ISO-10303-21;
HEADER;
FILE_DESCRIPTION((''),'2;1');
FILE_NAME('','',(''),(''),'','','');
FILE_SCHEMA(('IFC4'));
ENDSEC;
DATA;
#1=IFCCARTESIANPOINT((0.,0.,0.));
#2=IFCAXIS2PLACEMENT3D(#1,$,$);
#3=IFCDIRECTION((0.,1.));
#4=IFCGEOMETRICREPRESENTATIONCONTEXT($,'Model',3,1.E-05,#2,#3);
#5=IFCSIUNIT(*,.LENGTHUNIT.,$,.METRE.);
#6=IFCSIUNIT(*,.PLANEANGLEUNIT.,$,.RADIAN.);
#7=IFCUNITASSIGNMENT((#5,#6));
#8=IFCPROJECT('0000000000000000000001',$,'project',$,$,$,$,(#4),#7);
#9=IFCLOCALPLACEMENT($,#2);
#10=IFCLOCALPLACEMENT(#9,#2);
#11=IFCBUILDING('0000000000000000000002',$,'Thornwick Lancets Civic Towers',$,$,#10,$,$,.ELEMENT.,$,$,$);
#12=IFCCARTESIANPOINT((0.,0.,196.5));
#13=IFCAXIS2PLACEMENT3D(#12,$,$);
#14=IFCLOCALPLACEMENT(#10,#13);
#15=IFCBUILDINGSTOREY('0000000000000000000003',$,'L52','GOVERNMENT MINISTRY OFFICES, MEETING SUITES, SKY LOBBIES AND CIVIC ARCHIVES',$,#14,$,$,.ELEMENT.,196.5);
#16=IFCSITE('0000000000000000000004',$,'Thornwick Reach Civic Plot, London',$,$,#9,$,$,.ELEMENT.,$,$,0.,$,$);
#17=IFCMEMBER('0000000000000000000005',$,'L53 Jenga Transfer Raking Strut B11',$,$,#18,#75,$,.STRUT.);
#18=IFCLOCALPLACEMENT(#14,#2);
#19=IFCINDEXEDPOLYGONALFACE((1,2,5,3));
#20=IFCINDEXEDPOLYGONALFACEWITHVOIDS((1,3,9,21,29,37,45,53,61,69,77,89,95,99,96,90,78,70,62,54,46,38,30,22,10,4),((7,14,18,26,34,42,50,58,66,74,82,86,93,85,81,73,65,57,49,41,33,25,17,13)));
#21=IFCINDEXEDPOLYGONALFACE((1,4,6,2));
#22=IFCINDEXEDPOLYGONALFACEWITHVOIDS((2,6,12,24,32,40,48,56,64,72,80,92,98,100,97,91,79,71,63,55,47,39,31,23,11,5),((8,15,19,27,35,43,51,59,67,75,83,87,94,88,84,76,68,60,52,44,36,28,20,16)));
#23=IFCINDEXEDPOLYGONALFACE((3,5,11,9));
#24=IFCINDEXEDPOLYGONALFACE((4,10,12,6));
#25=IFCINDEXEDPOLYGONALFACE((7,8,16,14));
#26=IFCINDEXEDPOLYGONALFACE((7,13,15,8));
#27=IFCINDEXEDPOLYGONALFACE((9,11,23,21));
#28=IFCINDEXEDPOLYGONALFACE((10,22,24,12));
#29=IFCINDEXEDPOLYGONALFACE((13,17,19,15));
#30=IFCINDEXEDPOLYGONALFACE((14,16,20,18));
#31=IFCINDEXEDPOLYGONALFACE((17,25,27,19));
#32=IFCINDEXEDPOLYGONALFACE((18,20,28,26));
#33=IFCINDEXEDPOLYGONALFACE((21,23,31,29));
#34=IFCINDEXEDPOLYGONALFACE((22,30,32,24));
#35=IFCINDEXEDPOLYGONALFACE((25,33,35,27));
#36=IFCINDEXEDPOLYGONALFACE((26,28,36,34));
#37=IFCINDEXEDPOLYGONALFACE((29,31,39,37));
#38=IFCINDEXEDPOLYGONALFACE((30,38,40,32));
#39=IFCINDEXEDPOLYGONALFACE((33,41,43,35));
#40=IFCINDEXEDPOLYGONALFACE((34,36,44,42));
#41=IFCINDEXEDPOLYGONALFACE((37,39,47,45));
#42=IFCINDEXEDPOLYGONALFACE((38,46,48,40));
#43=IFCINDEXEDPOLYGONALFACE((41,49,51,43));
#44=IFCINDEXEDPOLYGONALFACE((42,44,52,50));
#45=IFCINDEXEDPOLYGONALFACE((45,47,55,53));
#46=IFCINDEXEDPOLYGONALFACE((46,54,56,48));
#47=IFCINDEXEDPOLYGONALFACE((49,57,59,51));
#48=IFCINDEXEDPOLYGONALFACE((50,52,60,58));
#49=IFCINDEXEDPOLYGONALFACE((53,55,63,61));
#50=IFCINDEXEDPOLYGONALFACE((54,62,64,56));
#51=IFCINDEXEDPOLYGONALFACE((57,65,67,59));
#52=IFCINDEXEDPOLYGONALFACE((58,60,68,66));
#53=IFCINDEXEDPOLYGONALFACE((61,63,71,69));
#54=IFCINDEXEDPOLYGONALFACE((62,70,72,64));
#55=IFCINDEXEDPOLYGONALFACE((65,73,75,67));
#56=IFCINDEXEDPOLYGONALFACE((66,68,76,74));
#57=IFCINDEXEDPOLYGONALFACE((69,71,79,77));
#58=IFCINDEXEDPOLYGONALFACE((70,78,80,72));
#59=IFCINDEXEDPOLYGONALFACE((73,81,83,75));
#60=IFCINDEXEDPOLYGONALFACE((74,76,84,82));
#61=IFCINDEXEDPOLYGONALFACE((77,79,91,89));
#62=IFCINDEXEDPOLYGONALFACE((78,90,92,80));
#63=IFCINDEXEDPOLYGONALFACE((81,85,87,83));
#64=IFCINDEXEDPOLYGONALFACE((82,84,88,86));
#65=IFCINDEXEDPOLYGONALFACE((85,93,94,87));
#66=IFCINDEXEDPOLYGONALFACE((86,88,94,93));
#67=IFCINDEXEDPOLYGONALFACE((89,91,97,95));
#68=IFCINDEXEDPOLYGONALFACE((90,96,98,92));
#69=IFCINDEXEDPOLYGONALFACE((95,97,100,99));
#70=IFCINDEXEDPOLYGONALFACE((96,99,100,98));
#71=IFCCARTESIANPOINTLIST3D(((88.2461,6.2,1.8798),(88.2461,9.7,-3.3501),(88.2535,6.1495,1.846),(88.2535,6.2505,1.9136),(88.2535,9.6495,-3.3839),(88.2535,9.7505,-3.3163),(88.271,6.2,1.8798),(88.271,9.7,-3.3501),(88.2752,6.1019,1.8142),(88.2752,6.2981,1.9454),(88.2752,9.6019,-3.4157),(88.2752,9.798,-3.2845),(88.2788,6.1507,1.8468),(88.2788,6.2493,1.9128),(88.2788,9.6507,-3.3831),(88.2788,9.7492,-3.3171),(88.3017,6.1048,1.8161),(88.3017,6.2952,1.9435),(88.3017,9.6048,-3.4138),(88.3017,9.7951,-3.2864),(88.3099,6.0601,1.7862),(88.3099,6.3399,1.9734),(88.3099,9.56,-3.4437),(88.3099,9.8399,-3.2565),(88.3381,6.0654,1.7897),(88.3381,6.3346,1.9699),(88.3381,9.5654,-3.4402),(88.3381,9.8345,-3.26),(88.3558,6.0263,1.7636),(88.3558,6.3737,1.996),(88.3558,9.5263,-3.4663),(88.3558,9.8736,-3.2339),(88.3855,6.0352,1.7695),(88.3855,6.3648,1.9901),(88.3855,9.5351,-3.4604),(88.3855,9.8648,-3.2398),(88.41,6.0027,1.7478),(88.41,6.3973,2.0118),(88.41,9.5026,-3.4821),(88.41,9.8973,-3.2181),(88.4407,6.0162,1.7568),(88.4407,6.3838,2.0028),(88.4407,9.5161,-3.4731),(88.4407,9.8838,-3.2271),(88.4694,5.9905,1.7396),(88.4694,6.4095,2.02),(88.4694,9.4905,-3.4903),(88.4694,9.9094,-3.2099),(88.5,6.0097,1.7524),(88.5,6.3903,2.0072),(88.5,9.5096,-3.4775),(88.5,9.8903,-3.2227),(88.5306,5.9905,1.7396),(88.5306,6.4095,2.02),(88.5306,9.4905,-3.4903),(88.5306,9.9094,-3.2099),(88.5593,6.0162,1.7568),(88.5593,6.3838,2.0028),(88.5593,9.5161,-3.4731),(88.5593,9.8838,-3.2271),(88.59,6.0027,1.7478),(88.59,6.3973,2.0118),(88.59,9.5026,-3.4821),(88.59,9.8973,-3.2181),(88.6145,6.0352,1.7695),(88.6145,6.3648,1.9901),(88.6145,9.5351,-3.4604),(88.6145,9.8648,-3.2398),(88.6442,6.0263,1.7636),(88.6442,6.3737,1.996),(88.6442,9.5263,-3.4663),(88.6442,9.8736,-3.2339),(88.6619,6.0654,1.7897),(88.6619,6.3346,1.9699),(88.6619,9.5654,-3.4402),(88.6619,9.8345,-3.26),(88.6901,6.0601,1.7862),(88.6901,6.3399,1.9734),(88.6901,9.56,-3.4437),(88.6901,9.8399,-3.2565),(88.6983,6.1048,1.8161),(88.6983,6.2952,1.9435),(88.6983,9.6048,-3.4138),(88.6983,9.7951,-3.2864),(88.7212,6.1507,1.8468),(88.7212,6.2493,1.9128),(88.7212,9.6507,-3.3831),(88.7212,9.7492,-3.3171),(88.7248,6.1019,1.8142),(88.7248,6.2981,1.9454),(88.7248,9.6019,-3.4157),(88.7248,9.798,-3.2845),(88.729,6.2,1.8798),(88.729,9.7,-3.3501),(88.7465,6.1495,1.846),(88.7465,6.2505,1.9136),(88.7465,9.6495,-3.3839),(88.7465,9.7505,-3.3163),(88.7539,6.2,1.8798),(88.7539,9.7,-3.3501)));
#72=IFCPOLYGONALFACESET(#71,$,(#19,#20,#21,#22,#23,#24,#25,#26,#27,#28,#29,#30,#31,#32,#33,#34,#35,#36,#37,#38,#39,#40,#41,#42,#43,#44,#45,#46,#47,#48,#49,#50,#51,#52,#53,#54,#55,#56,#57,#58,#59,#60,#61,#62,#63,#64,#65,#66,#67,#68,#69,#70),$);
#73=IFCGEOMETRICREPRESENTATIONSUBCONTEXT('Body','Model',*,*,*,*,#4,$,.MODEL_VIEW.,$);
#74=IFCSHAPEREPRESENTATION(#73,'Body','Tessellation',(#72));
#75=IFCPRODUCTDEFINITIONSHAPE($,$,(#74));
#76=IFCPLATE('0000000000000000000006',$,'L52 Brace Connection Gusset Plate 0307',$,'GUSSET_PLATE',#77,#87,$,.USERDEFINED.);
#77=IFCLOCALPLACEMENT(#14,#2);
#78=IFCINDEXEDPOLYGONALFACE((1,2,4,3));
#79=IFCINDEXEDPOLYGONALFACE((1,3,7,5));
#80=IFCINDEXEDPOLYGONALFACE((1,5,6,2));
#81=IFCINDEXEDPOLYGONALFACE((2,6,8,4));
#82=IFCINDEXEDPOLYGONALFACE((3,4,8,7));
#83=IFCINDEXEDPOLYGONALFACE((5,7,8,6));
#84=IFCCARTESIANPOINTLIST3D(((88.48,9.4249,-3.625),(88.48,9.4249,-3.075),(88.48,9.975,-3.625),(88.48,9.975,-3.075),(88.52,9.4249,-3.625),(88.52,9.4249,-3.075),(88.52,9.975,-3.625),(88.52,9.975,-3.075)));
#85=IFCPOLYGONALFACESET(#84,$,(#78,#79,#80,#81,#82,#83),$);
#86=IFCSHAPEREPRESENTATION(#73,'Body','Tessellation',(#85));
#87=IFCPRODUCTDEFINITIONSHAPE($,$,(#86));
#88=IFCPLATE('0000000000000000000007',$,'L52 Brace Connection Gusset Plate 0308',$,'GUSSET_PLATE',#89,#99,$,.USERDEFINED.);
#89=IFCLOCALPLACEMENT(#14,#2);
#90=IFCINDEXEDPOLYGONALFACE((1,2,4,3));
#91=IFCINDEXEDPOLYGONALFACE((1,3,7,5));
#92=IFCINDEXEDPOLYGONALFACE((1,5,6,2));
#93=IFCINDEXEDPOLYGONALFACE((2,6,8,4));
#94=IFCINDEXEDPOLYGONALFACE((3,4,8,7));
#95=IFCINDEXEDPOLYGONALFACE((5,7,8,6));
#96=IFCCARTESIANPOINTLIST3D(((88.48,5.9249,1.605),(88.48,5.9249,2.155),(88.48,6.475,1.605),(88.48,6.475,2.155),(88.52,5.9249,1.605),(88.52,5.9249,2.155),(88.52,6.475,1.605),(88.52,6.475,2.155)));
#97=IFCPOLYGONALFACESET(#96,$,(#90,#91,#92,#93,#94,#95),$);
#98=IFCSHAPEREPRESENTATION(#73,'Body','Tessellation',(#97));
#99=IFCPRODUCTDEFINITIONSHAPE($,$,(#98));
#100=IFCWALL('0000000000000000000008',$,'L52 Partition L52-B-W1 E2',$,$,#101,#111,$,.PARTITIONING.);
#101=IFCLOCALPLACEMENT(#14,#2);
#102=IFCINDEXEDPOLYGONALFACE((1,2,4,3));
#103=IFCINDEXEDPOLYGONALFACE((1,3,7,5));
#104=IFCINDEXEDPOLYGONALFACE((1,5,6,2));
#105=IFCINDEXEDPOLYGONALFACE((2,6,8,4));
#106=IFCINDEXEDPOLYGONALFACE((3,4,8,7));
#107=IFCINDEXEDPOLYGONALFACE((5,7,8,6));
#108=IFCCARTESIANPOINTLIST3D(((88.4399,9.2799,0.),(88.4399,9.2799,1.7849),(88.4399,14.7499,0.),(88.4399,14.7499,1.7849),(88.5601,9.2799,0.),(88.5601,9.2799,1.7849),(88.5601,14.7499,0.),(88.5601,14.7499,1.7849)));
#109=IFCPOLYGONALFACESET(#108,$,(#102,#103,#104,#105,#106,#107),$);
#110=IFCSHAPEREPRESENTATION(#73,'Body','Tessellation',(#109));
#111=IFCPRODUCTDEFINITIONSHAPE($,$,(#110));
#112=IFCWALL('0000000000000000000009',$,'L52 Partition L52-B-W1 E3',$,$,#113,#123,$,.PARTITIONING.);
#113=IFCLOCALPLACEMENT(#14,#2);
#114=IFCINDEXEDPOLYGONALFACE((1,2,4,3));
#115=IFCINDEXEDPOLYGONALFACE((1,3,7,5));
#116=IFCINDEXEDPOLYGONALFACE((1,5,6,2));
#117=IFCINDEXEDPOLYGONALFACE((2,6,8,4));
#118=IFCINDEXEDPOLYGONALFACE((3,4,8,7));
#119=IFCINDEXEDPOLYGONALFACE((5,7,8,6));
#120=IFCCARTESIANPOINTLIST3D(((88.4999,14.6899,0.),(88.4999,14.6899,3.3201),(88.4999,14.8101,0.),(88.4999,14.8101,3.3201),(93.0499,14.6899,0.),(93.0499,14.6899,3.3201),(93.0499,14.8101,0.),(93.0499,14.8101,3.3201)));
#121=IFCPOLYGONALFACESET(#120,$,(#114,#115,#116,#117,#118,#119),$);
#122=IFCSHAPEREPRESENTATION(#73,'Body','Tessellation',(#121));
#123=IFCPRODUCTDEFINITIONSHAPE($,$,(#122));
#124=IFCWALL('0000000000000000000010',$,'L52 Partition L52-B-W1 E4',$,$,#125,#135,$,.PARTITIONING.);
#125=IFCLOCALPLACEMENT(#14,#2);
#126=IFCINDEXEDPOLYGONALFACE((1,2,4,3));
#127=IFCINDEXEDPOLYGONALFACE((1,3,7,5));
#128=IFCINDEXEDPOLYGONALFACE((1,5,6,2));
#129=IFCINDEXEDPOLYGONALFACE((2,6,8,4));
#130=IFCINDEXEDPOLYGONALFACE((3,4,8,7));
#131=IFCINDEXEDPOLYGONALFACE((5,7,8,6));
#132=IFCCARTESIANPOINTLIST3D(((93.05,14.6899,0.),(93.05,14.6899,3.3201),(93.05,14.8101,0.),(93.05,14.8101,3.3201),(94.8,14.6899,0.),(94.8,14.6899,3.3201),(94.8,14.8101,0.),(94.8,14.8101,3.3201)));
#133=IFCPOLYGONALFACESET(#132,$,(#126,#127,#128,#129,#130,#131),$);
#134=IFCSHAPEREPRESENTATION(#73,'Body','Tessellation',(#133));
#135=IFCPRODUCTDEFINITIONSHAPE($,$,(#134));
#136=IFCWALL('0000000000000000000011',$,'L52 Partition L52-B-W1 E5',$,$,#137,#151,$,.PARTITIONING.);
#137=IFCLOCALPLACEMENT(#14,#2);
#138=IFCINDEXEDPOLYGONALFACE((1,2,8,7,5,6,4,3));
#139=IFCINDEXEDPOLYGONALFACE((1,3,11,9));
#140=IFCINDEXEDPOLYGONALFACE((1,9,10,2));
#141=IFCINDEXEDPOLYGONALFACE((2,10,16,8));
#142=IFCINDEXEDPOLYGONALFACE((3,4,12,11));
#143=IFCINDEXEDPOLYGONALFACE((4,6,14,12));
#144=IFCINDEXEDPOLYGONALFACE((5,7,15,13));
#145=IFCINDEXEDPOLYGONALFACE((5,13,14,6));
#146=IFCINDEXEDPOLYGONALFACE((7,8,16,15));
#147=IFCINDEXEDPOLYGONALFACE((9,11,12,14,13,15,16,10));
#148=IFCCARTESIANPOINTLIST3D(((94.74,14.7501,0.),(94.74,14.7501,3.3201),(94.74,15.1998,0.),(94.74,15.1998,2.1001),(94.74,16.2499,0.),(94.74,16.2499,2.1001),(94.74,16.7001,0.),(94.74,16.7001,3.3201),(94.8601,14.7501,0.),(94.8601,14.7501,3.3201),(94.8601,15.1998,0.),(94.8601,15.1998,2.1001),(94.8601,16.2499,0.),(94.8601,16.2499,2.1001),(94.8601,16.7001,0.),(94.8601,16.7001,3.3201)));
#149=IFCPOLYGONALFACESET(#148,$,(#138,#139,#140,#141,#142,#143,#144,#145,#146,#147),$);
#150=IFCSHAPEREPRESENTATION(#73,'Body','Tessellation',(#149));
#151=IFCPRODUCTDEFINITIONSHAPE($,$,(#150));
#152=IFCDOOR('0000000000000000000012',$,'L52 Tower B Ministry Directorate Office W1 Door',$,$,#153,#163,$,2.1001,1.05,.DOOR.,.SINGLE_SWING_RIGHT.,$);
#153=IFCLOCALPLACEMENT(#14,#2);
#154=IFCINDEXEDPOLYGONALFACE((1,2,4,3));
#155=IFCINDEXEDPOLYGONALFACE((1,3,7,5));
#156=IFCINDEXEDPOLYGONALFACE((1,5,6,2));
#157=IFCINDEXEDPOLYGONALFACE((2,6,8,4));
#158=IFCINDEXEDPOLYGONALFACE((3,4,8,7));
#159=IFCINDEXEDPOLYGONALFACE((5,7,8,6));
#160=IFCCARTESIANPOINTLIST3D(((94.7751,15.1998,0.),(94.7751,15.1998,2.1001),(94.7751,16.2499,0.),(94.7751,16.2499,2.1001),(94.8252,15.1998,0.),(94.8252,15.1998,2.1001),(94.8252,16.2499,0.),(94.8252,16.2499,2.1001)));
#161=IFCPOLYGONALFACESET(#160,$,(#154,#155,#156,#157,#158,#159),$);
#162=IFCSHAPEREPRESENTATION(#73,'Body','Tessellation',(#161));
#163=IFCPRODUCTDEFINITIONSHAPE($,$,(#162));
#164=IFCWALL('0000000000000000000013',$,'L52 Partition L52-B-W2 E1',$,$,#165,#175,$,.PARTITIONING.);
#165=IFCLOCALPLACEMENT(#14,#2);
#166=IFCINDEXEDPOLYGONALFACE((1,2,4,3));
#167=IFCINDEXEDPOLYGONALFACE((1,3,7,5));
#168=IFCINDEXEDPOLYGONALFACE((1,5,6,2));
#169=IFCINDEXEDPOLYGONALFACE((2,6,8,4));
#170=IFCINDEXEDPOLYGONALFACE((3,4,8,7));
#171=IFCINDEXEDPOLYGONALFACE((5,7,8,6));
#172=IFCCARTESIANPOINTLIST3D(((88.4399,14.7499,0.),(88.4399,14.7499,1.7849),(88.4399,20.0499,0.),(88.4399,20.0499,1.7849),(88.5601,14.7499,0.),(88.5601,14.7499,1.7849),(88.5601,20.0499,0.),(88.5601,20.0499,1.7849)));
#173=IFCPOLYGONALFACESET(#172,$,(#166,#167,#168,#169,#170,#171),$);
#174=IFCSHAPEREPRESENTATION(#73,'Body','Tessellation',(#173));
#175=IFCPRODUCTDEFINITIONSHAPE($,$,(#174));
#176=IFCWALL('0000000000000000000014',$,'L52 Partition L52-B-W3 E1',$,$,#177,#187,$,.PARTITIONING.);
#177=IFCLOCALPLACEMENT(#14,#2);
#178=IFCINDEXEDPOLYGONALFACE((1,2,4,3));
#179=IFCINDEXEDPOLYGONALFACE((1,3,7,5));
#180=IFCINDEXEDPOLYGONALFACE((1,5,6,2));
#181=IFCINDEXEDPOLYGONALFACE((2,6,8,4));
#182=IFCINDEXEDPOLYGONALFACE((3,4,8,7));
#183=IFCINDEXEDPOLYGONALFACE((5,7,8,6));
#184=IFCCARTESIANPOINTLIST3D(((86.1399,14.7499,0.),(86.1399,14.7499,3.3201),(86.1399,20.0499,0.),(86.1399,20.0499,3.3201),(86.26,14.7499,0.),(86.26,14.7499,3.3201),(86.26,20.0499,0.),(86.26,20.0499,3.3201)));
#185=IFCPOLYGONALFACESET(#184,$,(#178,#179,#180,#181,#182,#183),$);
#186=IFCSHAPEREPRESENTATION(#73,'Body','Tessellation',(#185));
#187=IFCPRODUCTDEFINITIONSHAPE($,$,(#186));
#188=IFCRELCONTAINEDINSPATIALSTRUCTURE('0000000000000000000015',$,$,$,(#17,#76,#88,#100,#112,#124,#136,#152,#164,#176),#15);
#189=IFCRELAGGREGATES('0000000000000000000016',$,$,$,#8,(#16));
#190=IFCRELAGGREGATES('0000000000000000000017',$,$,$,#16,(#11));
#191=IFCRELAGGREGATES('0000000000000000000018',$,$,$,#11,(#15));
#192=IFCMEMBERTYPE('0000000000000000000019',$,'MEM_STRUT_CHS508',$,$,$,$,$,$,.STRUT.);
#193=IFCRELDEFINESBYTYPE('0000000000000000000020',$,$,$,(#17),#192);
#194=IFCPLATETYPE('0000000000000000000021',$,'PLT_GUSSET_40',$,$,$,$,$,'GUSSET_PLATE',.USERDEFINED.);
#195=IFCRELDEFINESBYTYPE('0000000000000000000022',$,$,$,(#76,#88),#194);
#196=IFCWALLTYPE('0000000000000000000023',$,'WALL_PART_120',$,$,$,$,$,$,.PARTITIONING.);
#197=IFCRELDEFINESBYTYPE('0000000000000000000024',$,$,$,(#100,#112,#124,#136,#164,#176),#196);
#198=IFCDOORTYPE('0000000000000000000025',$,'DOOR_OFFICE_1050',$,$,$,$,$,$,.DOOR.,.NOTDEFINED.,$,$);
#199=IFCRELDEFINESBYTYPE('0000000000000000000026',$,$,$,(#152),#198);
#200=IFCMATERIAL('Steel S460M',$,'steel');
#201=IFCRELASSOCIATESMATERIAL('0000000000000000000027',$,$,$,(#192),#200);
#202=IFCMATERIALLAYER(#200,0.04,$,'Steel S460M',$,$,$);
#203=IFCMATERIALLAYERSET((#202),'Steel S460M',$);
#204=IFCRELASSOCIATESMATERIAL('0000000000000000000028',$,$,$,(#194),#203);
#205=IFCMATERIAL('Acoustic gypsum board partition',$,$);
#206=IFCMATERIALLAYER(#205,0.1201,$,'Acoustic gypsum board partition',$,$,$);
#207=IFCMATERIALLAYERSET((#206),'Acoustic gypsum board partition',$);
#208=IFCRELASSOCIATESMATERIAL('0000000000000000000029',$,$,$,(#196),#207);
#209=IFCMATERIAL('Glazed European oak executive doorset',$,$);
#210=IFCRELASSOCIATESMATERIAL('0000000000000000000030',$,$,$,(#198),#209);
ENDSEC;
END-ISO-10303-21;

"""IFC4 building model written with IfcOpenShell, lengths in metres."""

from ifc_helpers import new_model, si_unit, direction, frame, frame_2d, origin, origin_2d, place, context, subcontext, project, spatial, rectangle, hollow_circle, extrude, material, layer, layer_set, material_profile, profile_set, type_object, element, fill, save


model = new_model("IFC4")

# Units and contexts
model_context = context("Model", 3, precision=1e-05, world=origin(), true_north=direction((0.0, 1.0)))
body_context = subcontext(model_context, "Body", "Model", "MODEL_VIEW")
ifc_project = project(units=[si_unit("LENGTHUNIT", "METRE"), si_unit("PLANEANGLEUNIT", "RADIAN")], contexts=[model_context])

# Site, building, storey
site_placement = place(None, origin())
site = spatial("IfcSite", under=ifc_project, at=site_placement, Name="Thornwick Reach Civic Plot, London", CompositionType="ELEMENT", RefElevation=0.0)
building_placement = place(site_placement, origin())
building = spatial("IfcBuilding", under=site, at=building_placement, Name="Thornwick Lancets Civic Towers", CompositionType="ELEMENT")
storey_placement = place(building_placement, frame((0.0, 0.0, 196.5)))
storey = spatial("IfcBuildingStorey", under=building, at=storey_placement, Name="L52", Description="GOVERNMENT MINISTRY OFFICES, MEETING SUITES, SKY LOBBIES AND CIVIC ARCHIVES", CompositionType="ELEMENT", Elevation=196.5)

# Member
ifc_material_1 = material(Name="Steel S460M", Category="steel")
ifc_material_profile_1 = material_profile(ifc_material_1, hollow_circle(Radius=0.2539, WallThickness=0.0249, at=origin_2d()), Name="CHS 508x25")
ifc_profile_set_1 = profile_set([ifc_material_profile_1], Name="Steel S460M")
member_type = type_object("IfcMemberType", Name="MEM_STRUT_CHS508", PredefinedType="STRUT", material=ifc_profile_set_1)
member_placement = place(storey_placement, frame((88.5, 9.7, -3.3501), z_axis=(0.0, -0.556168, 0.83107), x_axis=(1.0, 0.0, 0.0)))
element("IfcMember", 1, at=member_placement, inside=storey, type_object=member_type, Name="L53 Jenga Transfer Raking Strut B11", PredefinedType="STRUT", context=body_context, shape_type="SweptSolid", body=[
    extrude(hollow_circle(Radius=0.2539, WallThickness=0.0249, at=origin_2d()), origin(), (0.0, 0.0, 1.0), 6.293),
])

# Plates
ifc_layer_1 = layer(ifc_material_1, 0.04, Name="Steel S460M")
ifc_layer_set_1 = layer_set([ifc_layer_1], Name="Steel S460M")
plate_type = type_object("IfcPlateType", Name="PLT_GUSSET_40", ElementType="GUSSET_PLATE", PredefinedType="USERDEFINED", material=ifc_layer_set_1)
for number, where, z_axis, x_axis, name in (
    (2, (88.5, 9.7, -3.625), (0.0, 0.0, 1.0), (0.0, -1.0, 0.0), "L52 Brace Connection Gusset Plate 0307"),
    (3, (88.5, 6.2, 1.605), (0.0, 0.0, 1.0), (0.0, -1.0, 0.0), "L52 Brace Connection Gusset Plate 0308"),
):
    element("IfcPlate", number, at=place(storey_placement, frame(where, z_axis=z_axis, x_axis=x_axis)), inside=storey, type_object=plate_type, Name=name, ObjectType="GUSSET_PLATE", PredefinedType="USERDEFINED", context=body_context, shape_type="SweptSolid", body=[
        extrude(rectangle(XDim=0.55, YDim=0.04, at=origin_2d()), origin(), (0.0, 0.0, 1.0), 0.55),
    ])

# Walls
ifc_material_2 = material(Name="Acoustic gypsum board partition")
ifc_layer_2 = layer(ifc_material_2, 0.1201, Name="Acoustic gypsum board partition")
ifc_layer_set_2 = layer_set([ifc_layer_2], Name="Acoustic gypsum board partition")
wall_type = type_object("IfcWallType", Name="WALL_PART_120", PredefinedType="PARTITIONING", material=ifc_layer_set_2)
wall_1_placement = place(storey_placement, frame((88.5, 9.28, 0.0), z_axis=(0.0, 0.0, 1.0), x_axis=(0.0, 1.0, 0.0)))
element("IfcWall", 4, at=wall_1_placement, inside=storey, type_object=wall_type, Name="L52 Partition L52-B-W1 E2", PredefinedType="PARTITIONING", context=body_context, shape_type="SweptSolid", body=[
    extrude(rectangle(XDim=5.47, YDim=0.1201, at=frame_2d((2.7349, 0.0))), origin(), (0.0, 0.0, 1.0), 1.7849),
])
wall_2_placement = place(storey_placement, frame((88.5, 14.75, 0.0), z_axis=(0.0, 0.0, 1.0), x_axis=(1.0, 0.0, 0.0)))
element("IfcWall", 5, at=wall_2_placement, inside=storey, type_object=wall_type, Name="L52 Partition L52-B-W1 E3", PredefinedType="PARTITIONING", context=body_context, shape_type="SweptSolid", body=[
    extrude(rectangle(XDim=4.55, YDim=0.1201, at=frame_2d((2.2749, 0.0))), origin(), (0.0, 0.0, 1.0), 3.3201),
])
wall_3_placement = place(storey_placement, frame((93.05, 14.75, 0.0), z_axis=(0.0, 0.0, 1.0), x_axis=(1.0, 0.0, 0.0)))
element("IfcWall", 6, at=wall_3_placement, inside=storey, type_object=wall_type, Name="L52 Partition L52-B-W1 E4", PredefinedType="PARTITIONING", context=body_context, shape_type="SweptSolid", body=[
    extrude(rectangle(XDim=1.75, YDim=0.1201, at=frame_2d((0.875, 0.0))), origin(), (0.0, 0.0, 1.0), 3.3201),
])

# Wall, opening, door
wall_4_placement = place(storey_placement, frame((94.8, 14.75, 0.0), z_axis=(0.0, 0.0, 1.0), x_axis=(0.0, 1.0, 0.0)))
wall_4 = element("IfcWall", 7, at=wall_4_placement, inside=storey, type_object=wall_type, Name="L52 Partition L52-B-W1 E5", PredefinedType="PARTITIONING", context=body_context, shape_type="SweptSolid", body=[
    extrude(rectangle(XDim=1.95, YDim=0.1201, at=frame_2d((0.9751, 0.0))), origin(), (0.0, 0.0, 1.0), 3.3201),
])
opening_placement = place(wall_4_placement, frame((0.45, 0.0, 0.0)))
opening = element("IfcOpeningElement", 8, at=opening_placement, cuts=wall_4, PredefinedType="OPENING", context=body_context, shape_type="SweptSolid", body=[
    extrude(rectangle(XDim=1.05, YDim=2.1001, at=frame_2d((0.5249, 1.05))), frame((0.0, 0.0701, 0.0), z_axis=(0.0, -1.0, 0.0), x_axis=(1.0, 0.0, 0.0)), (0.0, 0.0, 1.0), 0.1401),
])
ifc_material_3 = material(Name="Glazed European oak executive doorset")
door_type = type_object("IfcDoorType", Name="DOOR_OFFICE_1050", OperationType="NOTDEFINED", PredefinedType="DOOR", material=ifc_material_3)
door_placement = place(opening_placement, origin())
door = element("IfcDoor", 9, at=door_placement, inside=storey, type_object=door_type, Name="L52 Tower B Ministry Directorate Office W1 Door", OperationType="SINGLE_SWING_RIGHT", OverallHeight=2.1001, OverallWidth=1.05, PredefinedType="DOOR", context=body_context, shape_type="SweptSolid", body=[
    extrude(rectangle(XDim=1.05, YDim=2.1001, at=frame_2d((0.5249, 1.05))), frame((0.0, 0.0249, 0.0), z_axis=(0.0, -1.0, 0.0), x_axis=(1.0, 0.0, 0.0)), (0.0, 0.0, 1.0), 0.05),
])
fill(opening, door)

# Walls
wall_5_placement = place(storey_placement, frame((88.5, 14.75, 0.0), z_axis=(0.0, 0.0, 1.0), x_axis=(0.0, 1.0, 0.0)))
element("IfcWall", 10, at=wall_5_placement, inside=storey, type_object=wall_type, Name="L52 Partition L52-B-W2 E1", PredefinedType="PARTITIONING", context=body_context, shape_type="SweptSolid", body=[
    extrude(rectangle(XDim=5.3, YDim=0.1201, at=frame_2d((2.6499, 0.0))), origin(), (0.0, 0.0, 1.0), 1.7849),
])
wall_6_placement = place(storey_placement, frame((86.2, 14.75, 0.0), z_axis=(0.0, 0.0, 1.0), x_axis=(0.0, 1.0, 0.0)))
element("IfcWall", 11, at=wall_6_placement, inside=storey, type_object=wall_type, Name="L52 Partition L52-B-W3 E1", PredefinedType="PARTITIONING", context=body_context, shape_type="SweptSolid", body=[
    extrude(rectangle(XDim=5.3, YDim=0.1201, at=frame_2d((2.6499, 0.0))), origin(), (0.0, 0.0, 1.0), 3.3201),
])

save(model, "model.ifc")
